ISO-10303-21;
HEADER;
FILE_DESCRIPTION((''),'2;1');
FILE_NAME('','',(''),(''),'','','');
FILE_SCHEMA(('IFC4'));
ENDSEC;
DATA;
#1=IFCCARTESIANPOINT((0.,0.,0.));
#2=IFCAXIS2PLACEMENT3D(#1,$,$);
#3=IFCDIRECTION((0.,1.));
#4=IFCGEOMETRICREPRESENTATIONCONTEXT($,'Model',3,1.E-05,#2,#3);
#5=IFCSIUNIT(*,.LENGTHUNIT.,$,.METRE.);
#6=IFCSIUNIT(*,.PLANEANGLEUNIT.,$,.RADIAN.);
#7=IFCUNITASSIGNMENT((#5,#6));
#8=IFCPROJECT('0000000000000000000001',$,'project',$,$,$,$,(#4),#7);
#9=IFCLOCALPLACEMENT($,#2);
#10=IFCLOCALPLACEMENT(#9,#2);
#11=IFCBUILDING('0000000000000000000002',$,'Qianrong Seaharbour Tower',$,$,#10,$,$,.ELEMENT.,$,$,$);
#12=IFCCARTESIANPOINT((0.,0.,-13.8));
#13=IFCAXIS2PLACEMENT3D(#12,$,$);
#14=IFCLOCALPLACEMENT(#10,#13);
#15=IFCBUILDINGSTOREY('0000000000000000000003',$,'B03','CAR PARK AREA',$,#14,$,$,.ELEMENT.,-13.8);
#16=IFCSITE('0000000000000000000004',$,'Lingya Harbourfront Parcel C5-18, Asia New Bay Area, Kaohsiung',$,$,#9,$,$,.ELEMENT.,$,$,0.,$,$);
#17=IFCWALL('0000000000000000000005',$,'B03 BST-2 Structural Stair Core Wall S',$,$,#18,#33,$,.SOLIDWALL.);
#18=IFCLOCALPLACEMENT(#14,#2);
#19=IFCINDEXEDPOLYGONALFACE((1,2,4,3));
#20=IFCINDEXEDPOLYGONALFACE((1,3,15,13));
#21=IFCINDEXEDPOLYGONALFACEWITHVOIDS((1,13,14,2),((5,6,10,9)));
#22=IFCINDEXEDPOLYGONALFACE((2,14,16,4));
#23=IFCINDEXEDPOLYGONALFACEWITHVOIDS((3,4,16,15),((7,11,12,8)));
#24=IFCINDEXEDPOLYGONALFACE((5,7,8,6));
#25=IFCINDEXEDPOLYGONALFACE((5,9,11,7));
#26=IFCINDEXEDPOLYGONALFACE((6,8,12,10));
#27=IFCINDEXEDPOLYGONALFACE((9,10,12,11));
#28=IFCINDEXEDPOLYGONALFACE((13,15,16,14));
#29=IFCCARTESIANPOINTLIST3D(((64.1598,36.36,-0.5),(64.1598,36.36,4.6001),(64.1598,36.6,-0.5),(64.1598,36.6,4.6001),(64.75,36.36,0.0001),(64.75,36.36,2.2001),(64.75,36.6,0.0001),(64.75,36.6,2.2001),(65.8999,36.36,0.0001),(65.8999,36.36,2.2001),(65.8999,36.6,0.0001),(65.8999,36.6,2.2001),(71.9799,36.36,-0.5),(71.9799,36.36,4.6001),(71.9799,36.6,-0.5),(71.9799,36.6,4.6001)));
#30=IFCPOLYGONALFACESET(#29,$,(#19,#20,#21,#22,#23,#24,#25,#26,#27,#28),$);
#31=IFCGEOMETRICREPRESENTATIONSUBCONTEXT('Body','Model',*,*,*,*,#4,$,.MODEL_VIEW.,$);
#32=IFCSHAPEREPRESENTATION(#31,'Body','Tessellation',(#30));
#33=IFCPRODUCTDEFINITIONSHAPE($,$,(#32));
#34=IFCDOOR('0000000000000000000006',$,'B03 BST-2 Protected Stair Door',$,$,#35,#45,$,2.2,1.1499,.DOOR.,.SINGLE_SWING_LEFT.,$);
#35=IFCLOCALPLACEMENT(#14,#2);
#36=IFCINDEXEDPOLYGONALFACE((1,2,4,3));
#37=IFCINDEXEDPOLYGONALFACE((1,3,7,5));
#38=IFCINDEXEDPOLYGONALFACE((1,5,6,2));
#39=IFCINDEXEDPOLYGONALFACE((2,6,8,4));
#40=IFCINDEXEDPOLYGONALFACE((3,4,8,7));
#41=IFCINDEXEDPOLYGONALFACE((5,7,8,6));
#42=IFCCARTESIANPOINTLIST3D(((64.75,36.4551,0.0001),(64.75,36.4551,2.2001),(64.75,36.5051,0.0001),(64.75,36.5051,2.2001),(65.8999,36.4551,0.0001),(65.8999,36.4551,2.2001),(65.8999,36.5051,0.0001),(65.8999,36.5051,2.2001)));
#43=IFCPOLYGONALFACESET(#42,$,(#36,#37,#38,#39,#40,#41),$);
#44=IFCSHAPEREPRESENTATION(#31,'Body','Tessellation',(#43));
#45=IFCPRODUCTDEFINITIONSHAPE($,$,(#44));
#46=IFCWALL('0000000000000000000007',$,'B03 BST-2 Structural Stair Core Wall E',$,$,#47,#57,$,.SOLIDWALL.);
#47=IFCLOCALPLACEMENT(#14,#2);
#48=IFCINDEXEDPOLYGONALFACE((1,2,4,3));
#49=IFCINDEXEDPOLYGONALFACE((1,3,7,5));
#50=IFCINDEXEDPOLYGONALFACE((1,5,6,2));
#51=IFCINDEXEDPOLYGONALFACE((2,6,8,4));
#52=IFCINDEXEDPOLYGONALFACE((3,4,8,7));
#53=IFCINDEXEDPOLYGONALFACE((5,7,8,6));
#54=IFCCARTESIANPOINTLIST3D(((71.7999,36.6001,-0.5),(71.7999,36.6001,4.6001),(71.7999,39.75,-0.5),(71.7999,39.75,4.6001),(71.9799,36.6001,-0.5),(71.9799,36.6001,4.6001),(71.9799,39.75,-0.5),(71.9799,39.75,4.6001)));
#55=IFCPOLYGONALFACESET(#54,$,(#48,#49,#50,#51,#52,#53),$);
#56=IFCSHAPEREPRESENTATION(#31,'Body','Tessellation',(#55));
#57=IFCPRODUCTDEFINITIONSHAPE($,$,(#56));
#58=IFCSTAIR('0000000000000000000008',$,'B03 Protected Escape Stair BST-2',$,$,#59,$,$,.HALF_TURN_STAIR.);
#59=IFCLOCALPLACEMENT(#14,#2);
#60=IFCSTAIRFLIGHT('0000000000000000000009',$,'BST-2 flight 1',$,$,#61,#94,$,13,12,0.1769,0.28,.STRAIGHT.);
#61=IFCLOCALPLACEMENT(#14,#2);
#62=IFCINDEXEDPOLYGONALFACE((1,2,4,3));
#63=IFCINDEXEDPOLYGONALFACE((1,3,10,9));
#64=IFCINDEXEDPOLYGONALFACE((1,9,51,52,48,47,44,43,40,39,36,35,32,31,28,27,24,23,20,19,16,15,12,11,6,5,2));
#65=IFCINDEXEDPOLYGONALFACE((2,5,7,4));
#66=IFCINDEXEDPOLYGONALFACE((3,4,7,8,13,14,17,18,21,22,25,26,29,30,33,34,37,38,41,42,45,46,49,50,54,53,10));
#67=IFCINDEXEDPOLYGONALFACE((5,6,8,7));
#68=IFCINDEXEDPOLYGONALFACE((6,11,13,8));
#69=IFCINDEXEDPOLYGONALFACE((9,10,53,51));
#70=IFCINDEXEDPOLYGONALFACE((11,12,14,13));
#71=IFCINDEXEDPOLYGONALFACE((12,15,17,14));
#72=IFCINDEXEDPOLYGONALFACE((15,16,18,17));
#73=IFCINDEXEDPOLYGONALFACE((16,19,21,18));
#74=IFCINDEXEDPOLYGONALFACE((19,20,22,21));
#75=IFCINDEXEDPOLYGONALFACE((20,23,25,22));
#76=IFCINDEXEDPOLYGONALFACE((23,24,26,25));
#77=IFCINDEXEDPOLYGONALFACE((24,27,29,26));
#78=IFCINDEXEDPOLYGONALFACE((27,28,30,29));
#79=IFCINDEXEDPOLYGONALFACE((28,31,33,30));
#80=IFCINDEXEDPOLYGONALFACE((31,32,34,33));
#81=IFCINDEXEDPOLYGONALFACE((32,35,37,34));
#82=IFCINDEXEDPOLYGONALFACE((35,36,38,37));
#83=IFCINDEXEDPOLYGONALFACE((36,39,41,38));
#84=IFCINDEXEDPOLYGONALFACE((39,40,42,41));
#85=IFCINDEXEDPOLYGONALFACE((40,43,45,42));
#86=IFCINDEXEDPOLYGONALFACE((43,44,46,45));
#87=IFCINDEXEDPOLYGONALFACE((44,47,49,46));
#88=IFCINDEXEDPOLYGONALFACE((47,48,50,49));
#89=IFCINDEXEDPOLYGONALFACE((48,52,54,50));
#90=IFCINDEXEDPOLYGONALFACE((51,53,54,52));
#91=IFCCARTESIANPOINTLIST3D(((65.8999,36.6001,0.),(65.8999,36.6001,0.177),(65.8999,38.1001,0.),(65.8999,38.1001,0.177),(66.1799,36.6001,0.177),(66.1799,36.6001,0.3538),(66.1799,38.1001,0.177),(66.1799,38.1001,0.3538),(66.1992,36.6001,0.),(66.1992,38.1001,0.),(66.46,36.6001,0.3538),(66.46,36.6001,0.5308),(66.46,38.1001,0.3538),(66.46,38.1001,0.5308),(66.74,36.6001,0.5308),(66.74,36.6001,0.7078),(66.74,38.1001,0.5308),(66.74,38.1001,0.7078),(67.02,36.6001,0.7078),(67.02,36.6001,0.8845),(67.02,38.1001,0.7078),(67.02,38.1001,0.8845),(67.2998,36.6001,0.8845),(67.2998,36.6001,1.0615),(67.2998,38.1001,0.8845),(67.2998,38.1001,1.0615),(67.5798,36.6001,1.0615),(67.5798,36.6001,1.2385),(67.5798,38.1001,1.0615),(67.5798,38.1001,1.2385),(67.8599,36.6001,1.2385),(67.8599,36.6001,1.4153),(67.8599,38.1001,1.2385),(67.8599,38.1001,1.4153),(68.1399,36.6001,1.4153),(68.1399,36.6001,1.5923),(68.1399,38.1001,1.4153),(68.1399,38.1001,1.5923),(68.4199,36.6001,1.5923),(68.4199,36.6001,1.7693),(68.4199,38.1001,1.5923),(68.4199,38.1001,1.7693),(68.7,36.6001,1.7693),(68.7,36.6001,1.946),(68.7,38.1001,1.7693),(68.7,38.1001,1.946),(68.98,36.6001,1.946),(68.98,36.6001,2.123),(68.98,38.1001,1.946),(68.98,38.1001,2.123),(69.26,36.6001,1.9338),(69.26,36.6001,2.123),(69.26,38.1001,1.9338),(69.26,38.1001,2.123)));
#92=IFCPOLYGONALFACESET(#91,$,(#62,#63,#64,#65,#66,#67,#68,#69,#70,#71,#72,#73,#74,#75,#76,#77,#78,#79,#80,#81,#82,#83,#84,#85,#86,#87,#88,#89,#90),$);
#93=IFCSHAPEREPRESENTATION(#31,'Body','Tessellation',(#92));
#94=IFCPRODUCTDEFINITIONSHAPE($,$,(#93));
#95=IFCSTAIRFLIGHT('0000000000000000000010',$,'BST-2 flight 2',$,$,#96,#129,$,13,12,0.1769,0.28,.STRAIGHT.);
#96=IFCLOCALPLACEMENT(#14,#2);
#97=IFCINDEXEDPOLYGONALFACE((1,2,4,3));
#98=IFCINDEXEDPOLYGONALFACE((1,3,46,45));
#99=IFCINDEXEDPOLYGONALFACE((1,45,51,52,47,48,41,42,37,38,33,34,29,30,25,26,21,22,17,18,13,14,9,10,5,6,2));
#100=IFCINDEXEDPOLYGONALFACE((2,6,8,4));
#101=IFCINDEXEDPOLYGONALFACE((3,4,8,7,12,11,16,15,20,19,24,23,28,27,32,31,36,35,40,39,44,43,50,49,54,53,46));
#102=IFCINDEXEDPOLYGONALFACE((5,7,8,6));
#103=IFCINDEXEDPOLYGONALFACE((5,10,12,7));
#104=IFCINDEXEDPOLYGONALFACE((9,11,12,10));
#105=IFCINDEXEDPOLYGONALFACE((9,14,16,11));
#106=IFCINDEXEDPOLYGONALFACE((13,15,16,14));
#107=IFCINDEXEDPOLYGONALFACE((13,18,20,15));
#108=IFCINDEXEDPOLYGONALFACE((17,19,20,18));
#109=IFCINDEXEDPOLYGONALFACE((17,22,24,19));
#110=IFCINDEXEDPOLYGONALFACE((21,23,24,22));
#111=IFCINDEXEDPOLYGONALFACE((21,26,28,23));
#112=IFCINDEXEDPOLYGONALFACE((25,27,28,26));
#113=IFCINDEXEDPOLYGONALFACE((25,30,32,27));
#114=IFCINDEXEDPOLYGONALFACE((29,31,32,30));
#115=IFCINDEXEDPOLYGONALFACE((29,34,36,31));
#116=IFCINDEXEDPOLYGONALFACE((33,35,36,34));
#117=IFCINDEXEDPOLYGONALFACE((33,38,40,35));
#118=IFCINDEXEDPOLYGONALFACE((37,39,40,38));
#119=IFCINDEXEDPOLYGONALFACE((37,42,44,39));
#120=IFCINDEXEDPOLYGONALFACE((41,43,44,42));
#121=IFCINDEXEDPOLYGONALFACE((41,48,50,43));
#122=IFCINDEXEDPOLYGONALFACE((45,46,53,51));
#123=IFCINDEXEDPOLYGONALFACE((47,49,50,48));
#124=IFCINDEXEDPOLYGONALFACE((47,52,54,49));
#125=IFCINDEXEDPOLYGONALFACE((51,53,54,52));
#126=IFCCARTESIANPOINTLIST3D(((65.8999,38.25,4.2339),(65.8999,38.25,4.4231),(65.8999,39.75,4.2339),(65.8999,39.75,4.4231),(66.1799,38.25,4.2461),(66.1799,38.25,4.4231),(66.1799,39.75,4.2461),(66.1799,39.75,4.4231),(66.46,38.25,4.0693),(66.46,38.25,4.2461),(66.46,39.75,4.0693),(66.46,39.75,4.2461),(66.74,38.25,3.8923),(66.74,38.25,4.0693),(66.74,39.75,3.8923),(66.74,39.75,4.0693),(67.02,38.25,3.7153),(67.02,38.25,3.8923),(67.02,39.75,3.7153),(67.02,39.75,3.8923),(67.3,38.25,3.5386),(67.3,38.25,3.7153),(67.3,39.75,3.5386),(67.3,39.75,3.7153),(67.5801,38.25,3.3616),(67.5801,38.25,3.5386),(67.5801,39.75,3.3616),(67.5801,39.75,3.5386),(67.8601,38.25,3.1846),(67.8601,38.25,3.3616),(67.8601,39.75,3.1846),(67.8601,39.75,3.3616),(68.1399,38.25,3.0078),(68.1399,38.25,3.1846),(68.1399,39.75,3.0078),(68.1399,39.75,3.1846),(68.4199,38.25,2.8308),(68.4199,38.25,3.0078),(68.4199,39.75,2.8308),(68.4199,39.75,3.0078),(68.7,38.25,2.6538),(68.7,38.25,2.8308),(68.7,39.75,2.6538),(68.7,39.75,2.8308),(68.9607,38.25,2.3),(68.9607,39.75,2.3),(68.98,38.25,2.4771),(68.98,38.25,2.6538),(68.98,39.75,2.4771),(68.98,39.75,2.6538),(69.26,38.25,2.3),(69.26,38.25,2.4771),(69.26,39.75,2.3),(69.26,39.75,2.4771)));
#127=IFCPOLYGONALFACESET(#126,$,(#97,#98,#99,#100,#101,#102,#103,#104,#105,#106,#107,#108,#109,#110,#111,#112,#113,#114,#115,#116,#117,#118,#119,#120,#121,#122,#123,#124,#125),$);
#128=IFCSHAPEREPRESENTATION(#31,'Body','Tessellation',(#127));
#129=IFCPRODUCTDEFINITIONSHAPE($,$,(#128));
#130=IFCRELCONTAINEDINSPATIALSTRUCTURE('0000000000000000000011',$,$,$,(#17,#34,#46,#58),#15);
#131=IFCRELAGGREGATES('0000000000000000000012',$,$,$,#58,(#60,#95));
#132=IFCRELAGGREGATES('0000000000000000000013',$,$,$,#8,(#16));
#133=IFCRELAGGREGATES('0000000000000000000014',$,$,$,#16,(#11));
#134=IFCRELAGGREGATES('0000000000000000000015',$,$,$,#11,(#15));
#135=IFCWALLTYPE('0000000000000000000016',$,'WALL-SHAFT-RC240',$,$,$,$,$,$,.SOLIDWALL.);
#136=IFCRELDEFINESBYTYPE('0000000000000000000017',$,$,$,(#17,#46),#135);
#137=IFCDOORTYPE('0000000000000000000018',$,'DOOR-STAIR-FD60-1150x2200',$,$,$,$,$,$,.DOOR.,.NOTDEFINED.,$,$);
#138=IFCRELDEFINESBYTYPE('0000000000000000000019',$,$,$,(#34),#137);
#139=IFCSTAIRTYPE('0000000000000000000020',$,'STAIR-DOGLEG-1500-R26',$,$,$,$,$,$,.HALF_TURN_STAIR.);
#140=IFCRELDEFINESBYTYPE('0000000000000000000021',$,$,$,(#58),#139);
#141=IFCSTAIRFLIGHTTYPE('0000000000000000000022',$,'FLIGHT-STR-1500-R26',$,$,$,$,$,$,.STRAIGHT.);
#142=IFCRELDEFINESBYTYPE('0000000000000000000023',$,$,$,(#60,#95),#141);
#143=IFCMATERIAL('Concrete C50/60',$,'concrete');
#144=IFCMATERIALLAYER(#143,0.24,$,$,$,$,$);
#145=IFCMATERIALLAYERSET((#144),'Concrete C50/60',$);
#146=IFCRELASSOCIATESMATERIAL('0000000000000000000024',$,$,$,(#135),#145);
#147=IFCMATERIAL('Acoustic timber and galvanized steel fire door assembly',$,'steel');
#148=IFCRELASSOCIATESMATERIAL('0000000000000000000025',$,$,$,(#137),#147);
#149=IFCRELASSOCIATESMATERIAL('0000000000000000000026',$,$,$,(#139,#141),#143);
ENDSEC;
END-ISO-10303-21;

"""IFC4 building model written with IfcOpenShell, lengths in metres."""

from ifc_helpers import new_model, si_unit, direction, frame, frame_2d, origin, place, context, subcontext, project, spatial, polyline, rectangle, outline, extrude, material, layer, layer_set, type_object, element, fill, aggregate, save


model = new_model("IFC4")

# Units and contexts
model_context = context("Model", 3, precision=1e-05, world=origin(), true_north=direction((0.0, 1.0)))
body_context = subcontext(model_context, "Body", "Model", "MODEL_VIEW")
ifc_project = project(units=[si_unit("LENGTHUNIT", "METRE"), si_unit("PLANEANGLEUNIT", "RADIAN")], contexts=[model_context])

# Site, building, storey
site_placement = place(None, origin())
site = spatial("IfcSite", under=ifc_project, at=site_placement, Name="Lingya Harbourfront Parcel C5-18, Asia New Bay Area, Kaohsiung", CompositionType="ELEMENT", RefElevation=0.0)
building_placement = place(site_placement, origin())
building = spatial("IfcBuilding", under=site, at=building_placement, Name="Qianrong Seaharbour Tower", CompositionType="ELEMENT")
storey_placement = place(building_placement, frame((0.0, 0.0, -13.8)))
storey = spatial("IfcBuildingStorey", under=building, at=storey_placement, Name="B03", Description="CAR PARK AREA", CompositionType="ELEMENT", Elevation=-13.8)

# Shared definitions
ifc_material_1 = material(Name="Concrete C50/60", Category="concrete")

# Shared definitions
ifc_material_2 = material(Name="Acoustic timber and galvanized steel fire door assembly", Category="steel")

# Wall, opening, door
ifc_layer_1 = layer(ifc_material_1, 0.24)
ifc_layer_set_1 = layer_set([ifc_layer_1], Name="Concrete C50/60")
wall_type_1 = type_object("IfcWallType", Name="WALL-SHAFT-RC240", PredefinedType="SOLIDWALL", material=ifc_layer_set_1)
wall_1_placement = place(storey_placement, frame((71.98, 36.48, -0.5), z_axis=(0.0, 0.0, 1.0), x_axis=(-1.0, 0.0, 0.0)))
wall_1 = element("IfcWall", 1, at=wall_1_placement, inside=storey, type_object=wall_type_1, Name="B03 BST-2 Structural Stair Core Wall S", PredefinedType="SOLIDWALL", context=body_context, shape_type="SweptSolid", body=[
    extrude(rectangle(XDim=7.8201, YDim=0.24, at=frame_2d((3.9102, 0.0))), origin(), (0.0, 0.0, 1.0), 5.1001),
])
opening_1_placement = place(wall_1_placement, frame((6.0801, 0.0, 0.5)))
opening_1 = element("IfcOpeningElement", 2, at=opening_1_placement, cuts=wall_1, PredefinedType="OPENING", context=body_context, shape_type="SweptSolid", body=[
    extrude(rectangle(XDim=1.1499, YDim=2.2, at=frame_2d((0.575, 1.1001))), frame((0.0, 0.1299, 0.0), z_axis=(0.0, -1.0, 0.0), x_axis=(1.0, 0.0, 0.0)), (0.0, 0.0, 1.0), 0.26),
])
door_type_1 = type_object("IfcDoorType", Name="DOOR-STAIR-FD60-1150x2200", OperationType="NOTDEFINED", PredefinedType="DOOR", material=ifc_material_2)
door_1_placement = place(opening_1_placement, origin())
door_1 = element("IfcDoor", 3, at=door_1_placement, inside=storey, type_object=door_type_1, Name="B03 BST-2 Protected Stair Door", OperationType="SINGLE_SWING_LEFT", OverallHeight=2.2, OverallWidth=1.1499, PredefinedType="DOOR", context=body_context, shape_type="SweptSolid", body=[
    extrude(rectangle(XDim=1.1499, YDim=2.2, at=frame_2d((0.575, 1.1001))), frame((0.0, 0.0249, 0.0), z_axis=(0.0, -1.0, 0.0), x_axis=(1.0, 0.0, 0.0)), (0.0, 0.0, 1.0), 0.05),
])
fill(opening_1, door_1)

# Wall
wall_2_placement = place(storey_placement, frame((71.8899, 36.6001, -0.5), z_axis=(0.0, 0.0, 1.0), x_axis=(0.0, 1.0, 0.0)))
element("IfcWall", 4, at=wall_2_placement, inside=storey, type_object=wall_type_1, Name="B03 BST-2 Structural Stair Core Wall E", PredefinedType="SOLIDWALL", context=body_context, shape_type="SweptSolid", body=[
    extrude(rectangle(XDim=3.1499, YDim=0.1799, at=frame_2d((1.575, 0.0))), origin(), (0.0, 0.0, 1.0), 5.1001),
])

# Stair, stair flights
stair_type = type_object("IfcStairType", Name="STAIR-DOGLEG-1500-R26", PredefinedType="HALF_TURN_STAIR", material=ifc_material_1)
stair_placement = place(storey_placement, origin())
stair = element("IfcStair", 5, at=stair_placement, inside=storey, type_object=stair_type, Name="B03 Protected Escape Stair BST-2", PredefinedType="HALF_TURN_STAIR")
stair_flight_type = type_object("IfcStairFlightType", Name="FLIGHT-STR-1500-R26", PredefinedType="STRAIGHT", material=ifc_material_1)
stair_flight_1_placement = place(storey_placement, frame((65.8999, 37.3501, 0.0), z_axis=(0.0, 0.0, 1.0), x_axis=(1.0, 0.0, 0.0)))
stair_flight_1 = element("IfcStairFlight", 6, at=stair_flight_1_placement, type_object=stair_flight_type, Name="BST-2 flight 1", NumberOfRisers=13, NumberOfTreads=12, PredefinedType="STRAIGHT", RiserHeight=0.1769, TreadLength=0.28, context=body_context, shape_type="SweptSolid", body=[
    extrude(outline(polyline([(0.0, 0.0), (0.0, 0.177), (0.28, 0.177), (0.28, 0.3538), (0.5601, 0.3538), (0.5601, 0.5308), (0.8401, 0.5308), (0.8401, 0.7078), (1.1201, 0.7078), (1.1201, 0.8845), (1.3999, 0.8845), (1.3999, 1.0615), (1.6799, 1.0615), (1.6799, 1.2385), (1.96, 1.2385), (1.96, 1.4153), (2.24, 1.4153), (2.24, 1.5923), (2.52, 1.5923), (2.52, 1.7693), (2.8, 1.7693), (2.8, 1.946), (3.0801, 1.946), (3.0801, 2.123), (3.3601, 2.123), (3.3601, 2.3), (3.3601, 1.9338), (0.2993, 0.0), (0.0, 0.0)])), frame((0.0, 0.75, 0.0), z_axis=(0.0, -1.0, 0.0), x_axis=(1.0, 0.0, 0.0)), (0.0, 0.0, 1.0), 1.5),
])
stair_flight_2_placement = place(storey_placement, frame((69.26, 39.0, 2.3), z_axis=(0.0, 0.0, 1.0), x_axis=(-1.0, 0.0, 0.0)))
stair_flight_2 = element("IfcStairFlight", 7, at=stair_flight_2_placement, type_object=stair_flight_type, Name="BST-2 flight 2", NumberOfRisers=13, NumberOfTreads=12, PredefinedType="STRAIGHT", RiserHeight=0.1769, TreadLength=0.28, context=body_context, shape_type="SweptSolid", body=[
    extrude(outline(polyline([(0.0, 0.0), (0.0, 0.177), (0.28, 0.177), (0.28, 0.3538), (0.5601, 0.3538), (0.5601, 0.5308), (0.8401, 0.5308), (0.8401, 0.7078), (1.1201, 0.7078), (1.1201, 0.8845), (1.3999, 0.8845), (1.3999, 1.0615), (1.6799, 1.0615), (1.6799, 1.2385), (1.96, 1.2385), (1.96, 1.4153), (2.24, 1.4153), (2.24, 1.5923), (2.52, 1.5923), (2.52, 1.7693), (2.8, 1.7693), (2.8, 1.946), (3.0801, 1.946), (3.0801, 2.123), (3.3601, 2.123), (3.3601, 2.3), (3.3601, 1.9338), (0.2993, 0.0), (0.0, 0.0)])), frame((0.0, 0.75, 0.0), z_axis=(0.0, -1.0, 0.0), x_axis=(1.0, 0.0, 0.0)), (0.0, 0.0, 1.0), 1.5),
])
aggregate(stair, [stair_flight_1, stair_flight_2])

save(model, "model.ifc")
